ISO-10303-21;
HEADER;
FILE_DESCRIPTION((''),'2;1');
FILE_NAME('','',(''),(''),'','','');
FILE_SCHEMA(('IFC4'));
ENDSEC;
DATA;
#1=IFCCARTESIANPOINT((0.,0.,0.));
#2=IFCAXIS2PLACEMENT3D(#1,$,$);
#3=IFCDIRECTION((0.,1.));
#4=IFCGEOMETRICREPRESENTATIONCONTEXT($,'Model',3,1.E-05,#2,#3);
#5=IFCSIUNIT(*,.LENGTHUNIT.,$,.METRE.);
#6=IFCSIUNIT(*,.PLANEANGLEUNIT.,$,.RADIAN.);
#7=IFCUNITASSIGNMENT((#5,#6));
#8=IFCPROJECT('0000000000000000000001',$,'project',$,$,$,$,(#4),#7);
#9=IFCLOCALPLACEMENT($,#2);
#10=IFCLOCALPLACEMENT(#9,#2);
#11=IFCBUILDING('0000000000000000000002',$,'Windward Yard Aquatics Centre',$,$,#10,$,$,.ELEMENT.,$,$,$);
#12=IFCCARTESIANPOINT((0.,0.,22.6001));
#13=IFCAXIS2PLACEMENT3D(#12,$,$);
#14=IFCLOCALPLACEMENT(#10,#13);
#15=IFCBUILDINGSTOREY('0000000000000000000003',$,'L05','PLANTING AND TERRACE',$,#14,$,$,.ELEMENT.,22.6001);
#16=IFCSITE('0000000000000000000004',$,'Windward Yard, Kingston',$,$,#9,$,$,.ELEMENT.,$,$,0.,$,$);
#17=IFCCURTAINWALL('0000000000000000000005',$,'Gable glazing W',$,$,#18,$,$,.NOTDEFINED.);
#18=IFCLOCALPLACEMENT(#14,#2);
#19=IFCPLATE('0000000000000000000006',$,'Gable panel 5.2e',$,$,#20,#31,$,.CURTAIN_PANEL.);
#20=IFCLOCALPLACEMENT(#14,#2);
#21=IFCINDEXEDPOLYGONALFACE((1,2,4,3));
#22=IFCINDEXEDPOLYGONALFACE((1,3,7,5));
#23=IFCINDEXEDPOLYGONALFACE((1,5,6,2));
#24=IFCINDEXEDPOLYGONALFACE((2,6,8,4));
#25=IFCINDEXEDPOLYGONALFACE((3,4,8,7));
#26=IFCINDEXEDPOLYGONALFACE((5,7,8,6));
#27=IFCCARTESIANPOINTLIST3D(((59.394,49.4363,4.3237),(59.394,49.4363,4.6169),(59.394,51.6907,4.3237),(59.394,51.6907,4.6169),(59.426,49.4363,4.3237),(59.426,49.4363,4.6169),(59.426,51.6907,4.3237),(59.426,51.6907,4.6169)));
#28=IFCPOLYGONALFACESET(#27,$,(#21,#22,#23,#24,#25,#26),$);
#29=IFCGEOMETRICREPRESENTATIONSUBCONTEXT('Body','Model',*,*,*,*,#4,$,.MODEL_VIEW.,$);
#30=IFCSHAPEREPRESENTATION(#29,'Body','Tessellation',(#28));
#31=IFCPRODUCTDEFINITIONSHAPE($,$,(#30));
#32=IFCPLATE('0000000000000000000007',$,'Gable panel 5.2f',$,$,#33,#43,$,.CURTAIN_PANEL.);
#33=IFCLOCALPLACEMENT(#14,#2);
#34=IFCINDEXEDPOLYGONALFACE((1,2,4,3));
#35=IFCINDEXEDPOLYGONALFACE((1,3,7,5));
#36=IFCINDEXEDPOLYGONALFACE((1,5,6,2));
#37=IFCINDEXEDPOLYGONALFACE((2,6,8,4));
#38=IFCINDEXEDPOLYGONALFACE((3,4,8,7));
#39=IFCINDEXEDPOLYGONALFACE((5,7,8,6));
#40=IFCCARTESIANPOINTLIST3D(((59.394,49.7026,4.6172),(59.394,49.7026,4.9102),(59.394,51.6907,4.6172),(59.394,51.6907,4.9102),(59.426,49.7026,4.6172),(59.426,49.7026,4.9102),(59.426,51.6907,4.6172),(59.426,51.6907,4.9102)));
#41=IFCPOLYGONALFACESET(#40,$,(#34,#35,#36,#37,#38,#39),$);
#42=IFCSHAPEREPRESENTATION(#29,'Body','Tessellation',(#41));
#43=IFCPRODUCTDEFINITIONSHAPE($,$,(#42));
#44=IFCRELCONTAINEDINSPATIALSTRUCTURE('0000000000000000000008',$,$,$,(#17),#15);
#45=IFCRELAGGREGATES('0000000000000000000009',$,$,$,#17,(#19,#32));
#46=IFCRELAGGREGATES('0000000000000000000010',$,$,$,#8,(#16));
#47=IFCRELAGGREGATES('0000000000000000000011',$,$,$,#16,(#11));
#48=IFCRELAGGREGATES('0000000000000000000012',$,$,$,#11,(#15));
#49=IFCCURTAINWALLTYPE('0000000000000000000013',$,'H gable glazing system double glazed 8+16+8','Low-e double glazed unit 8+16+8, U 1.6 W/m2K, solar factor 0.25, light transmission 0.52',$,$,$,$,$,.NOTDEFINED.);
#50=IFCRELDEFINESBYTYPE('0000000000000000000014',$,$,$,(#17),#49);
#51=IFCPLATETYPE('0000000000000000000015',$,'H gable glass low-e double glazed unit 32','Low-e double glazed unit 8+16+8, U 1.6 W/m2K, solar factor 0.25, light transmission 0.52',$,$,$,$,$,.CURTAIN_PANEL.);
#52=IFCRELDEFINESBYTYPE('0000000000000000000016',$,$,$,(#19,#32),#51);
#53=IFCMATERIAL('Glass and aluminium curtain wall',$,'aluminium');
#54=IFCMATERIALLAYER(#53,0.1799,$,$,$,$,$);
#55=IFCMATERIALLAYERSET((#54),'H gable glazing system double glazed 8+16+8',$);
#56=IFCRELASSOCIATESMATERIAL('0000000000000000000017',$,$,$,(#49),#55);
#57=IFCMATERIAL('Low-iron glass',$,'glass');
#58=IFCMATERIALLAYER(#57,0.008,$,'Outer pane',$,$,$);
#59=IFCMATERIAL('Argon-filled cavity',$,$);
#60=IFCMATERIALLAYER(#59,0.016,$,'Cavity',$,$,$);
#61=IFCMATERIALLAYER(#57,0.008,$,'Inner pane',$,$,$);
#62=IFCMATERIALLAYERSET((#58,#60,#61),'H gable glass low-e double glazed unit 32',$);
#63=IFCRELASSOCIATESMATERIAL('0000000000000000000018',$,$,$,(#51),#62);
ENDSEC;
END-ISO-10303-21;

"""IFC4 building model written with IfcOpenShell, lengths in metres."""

from ifc_helpers import new_model, si_unit, direction, frame, origin, place, context, subcontext, project, spatial, polyline, outline, extrude, material, layer, layer_set, type_object, element, aggregate, save


model = new_model("IFC4")

# Units and contexts
model_context = context("Model", 3, precision=1e-05, world=origin(), true_north=direction((0.0, 1.0)))
body_context = subcontext(model_context, "Body", "Model", "MODEL_VIEW")
ifc_project = project(units=[si_unit("LENGTHUNIT", "METRE"), si_unit("PLANEANGLEUNIT", "RADIAN")], contexts=[model_context])

# Site, building, storey
site_placement = place(None, origin())
site = spatial("IfcSite", under=ifc_project, at=site_placement, Name="Windward Yard, Kingston", CompositionType="ELEMENT", RefElevation=0.0)
building_placement = place(site_placement, origin())
building = spatial("IfcBuilding", under=site, at=building_placement, Name="Windward Yard Aquatics Centre", CompositionType="ELEMENT")
storey_placement = place(building_placement, frame((0.0, 0.0, 22.6001)))
storey = spatial("IfcBuildingStorey", under=building, at=storey_placement, Name="L05", Description="PLANTING AND TERRACE", CompositionType="ELEMENT", Elevation=22.6001)

# Curtain wall, plates
ifc_material_1 = material(Name="Glass and aluminium curtain wall", Category="aluminium")
ifc_layer_1 = layer(ifc_material_1, 0.1799)
ifc_layer_set_1 = layer_set([ifc_layer_1], Name="H gable glazing system double glazed 8+16+8")
curtain_wall_type = type_object("IfcCurtainWallType", Name="H gable glazing system double glazed 8+16+8", Description="Low-e double glazed unit 8+16+8, U 1.6 W/m2K, solar factor 0.25, light transmission 0.52", PredefinedType="NOTDEFINED", material=ifc_layer_set_1)
curtain_wall_placement = place(storey_placement, origin())
curtain_wall = element("IfcCurtainWall", 1, at=curtain_wall_placement, inside=storey, type_object=curtain_wall_type, Name="Gable glazing W", PredefinedType="NOTDEFINED")
ifc_material_2 = material(Name="Low-iron glass", Category="glass")
ifc_layer_2 = layer(ifc_material_2, 0.008, Name="Outer pane")
ifc_material_3 = material(Name="Argon-filled cavity")
ifc_layer_3 = layer(ifc_material_3, 0.016, Name="Cavity")
ifc_layer_4 = layer(ifc_material_2, 0.008, Name="Inner pane")
ifc_layer_set_2 = layer_set([ifc_layer_2, ifc_layer_3, ifc_layer_4], Name="H gable glass low-e double glazed unit 32")
plate_type = type_object("IfcPlateType", Name="H gable glass low-e double glazed unit 32", Description="Low-e double glazed unit 8+16+8, U 1.6 W/m2K, solar factor 0.25, light transmission 0.52", PredefinedType="CURTAIN_PANEL", material=ifc_layer_set_2)
plate_1_placement = place(storey_placement, frame((59.426, 49.4363, 4.3237), z_axis=(1.0, 0.0, 0.0), x_axis=(0.0, 1.0, 0.0)))
plate_1 = element("IfcPlate", 2, at=plate_1_placement, type_object=plate_type, Name="Gable panel 5.2e", PredefinedType="CURTAIN_PANEL", context=body_context, shape_type="SweptSolid", body=[
    extrude(outline(polyline([(0.0, 0.0), (2.2544, 0.0), (2.2544, 0.2932), (0.0, 0.2932), (0.0, 0.0)])), origin(), (0.0, 0.0, -1.0), 0.032),
])
plate_2_placement = place(storey_placement, frame((59.426, 49.7026, 4.6172), z_axis=(1.0, 0.0, 0.0), x_axis=(0.0, 1.0, 0.0)))
plate_2 = element("IfcPlate", 3, at=plate_2_placement, type_object=plate_type, Name="Gable panel 5.2f", PredefinedType="CURTAIN_PANEL", context=body_context, shape_type="SweptSolid", body=[
    extrude(outline(polyline([(0.0, 0.0), (1.988, 0.0), (1.988, 0.293), (0.0, 0.293), (0.0, 0.0)])), origin(), (0.0, 0.0, -1.0), 0.032),
])
aggregate(curtain_wall, [plate_1, plate_2])

save(model, "model.ifc")
